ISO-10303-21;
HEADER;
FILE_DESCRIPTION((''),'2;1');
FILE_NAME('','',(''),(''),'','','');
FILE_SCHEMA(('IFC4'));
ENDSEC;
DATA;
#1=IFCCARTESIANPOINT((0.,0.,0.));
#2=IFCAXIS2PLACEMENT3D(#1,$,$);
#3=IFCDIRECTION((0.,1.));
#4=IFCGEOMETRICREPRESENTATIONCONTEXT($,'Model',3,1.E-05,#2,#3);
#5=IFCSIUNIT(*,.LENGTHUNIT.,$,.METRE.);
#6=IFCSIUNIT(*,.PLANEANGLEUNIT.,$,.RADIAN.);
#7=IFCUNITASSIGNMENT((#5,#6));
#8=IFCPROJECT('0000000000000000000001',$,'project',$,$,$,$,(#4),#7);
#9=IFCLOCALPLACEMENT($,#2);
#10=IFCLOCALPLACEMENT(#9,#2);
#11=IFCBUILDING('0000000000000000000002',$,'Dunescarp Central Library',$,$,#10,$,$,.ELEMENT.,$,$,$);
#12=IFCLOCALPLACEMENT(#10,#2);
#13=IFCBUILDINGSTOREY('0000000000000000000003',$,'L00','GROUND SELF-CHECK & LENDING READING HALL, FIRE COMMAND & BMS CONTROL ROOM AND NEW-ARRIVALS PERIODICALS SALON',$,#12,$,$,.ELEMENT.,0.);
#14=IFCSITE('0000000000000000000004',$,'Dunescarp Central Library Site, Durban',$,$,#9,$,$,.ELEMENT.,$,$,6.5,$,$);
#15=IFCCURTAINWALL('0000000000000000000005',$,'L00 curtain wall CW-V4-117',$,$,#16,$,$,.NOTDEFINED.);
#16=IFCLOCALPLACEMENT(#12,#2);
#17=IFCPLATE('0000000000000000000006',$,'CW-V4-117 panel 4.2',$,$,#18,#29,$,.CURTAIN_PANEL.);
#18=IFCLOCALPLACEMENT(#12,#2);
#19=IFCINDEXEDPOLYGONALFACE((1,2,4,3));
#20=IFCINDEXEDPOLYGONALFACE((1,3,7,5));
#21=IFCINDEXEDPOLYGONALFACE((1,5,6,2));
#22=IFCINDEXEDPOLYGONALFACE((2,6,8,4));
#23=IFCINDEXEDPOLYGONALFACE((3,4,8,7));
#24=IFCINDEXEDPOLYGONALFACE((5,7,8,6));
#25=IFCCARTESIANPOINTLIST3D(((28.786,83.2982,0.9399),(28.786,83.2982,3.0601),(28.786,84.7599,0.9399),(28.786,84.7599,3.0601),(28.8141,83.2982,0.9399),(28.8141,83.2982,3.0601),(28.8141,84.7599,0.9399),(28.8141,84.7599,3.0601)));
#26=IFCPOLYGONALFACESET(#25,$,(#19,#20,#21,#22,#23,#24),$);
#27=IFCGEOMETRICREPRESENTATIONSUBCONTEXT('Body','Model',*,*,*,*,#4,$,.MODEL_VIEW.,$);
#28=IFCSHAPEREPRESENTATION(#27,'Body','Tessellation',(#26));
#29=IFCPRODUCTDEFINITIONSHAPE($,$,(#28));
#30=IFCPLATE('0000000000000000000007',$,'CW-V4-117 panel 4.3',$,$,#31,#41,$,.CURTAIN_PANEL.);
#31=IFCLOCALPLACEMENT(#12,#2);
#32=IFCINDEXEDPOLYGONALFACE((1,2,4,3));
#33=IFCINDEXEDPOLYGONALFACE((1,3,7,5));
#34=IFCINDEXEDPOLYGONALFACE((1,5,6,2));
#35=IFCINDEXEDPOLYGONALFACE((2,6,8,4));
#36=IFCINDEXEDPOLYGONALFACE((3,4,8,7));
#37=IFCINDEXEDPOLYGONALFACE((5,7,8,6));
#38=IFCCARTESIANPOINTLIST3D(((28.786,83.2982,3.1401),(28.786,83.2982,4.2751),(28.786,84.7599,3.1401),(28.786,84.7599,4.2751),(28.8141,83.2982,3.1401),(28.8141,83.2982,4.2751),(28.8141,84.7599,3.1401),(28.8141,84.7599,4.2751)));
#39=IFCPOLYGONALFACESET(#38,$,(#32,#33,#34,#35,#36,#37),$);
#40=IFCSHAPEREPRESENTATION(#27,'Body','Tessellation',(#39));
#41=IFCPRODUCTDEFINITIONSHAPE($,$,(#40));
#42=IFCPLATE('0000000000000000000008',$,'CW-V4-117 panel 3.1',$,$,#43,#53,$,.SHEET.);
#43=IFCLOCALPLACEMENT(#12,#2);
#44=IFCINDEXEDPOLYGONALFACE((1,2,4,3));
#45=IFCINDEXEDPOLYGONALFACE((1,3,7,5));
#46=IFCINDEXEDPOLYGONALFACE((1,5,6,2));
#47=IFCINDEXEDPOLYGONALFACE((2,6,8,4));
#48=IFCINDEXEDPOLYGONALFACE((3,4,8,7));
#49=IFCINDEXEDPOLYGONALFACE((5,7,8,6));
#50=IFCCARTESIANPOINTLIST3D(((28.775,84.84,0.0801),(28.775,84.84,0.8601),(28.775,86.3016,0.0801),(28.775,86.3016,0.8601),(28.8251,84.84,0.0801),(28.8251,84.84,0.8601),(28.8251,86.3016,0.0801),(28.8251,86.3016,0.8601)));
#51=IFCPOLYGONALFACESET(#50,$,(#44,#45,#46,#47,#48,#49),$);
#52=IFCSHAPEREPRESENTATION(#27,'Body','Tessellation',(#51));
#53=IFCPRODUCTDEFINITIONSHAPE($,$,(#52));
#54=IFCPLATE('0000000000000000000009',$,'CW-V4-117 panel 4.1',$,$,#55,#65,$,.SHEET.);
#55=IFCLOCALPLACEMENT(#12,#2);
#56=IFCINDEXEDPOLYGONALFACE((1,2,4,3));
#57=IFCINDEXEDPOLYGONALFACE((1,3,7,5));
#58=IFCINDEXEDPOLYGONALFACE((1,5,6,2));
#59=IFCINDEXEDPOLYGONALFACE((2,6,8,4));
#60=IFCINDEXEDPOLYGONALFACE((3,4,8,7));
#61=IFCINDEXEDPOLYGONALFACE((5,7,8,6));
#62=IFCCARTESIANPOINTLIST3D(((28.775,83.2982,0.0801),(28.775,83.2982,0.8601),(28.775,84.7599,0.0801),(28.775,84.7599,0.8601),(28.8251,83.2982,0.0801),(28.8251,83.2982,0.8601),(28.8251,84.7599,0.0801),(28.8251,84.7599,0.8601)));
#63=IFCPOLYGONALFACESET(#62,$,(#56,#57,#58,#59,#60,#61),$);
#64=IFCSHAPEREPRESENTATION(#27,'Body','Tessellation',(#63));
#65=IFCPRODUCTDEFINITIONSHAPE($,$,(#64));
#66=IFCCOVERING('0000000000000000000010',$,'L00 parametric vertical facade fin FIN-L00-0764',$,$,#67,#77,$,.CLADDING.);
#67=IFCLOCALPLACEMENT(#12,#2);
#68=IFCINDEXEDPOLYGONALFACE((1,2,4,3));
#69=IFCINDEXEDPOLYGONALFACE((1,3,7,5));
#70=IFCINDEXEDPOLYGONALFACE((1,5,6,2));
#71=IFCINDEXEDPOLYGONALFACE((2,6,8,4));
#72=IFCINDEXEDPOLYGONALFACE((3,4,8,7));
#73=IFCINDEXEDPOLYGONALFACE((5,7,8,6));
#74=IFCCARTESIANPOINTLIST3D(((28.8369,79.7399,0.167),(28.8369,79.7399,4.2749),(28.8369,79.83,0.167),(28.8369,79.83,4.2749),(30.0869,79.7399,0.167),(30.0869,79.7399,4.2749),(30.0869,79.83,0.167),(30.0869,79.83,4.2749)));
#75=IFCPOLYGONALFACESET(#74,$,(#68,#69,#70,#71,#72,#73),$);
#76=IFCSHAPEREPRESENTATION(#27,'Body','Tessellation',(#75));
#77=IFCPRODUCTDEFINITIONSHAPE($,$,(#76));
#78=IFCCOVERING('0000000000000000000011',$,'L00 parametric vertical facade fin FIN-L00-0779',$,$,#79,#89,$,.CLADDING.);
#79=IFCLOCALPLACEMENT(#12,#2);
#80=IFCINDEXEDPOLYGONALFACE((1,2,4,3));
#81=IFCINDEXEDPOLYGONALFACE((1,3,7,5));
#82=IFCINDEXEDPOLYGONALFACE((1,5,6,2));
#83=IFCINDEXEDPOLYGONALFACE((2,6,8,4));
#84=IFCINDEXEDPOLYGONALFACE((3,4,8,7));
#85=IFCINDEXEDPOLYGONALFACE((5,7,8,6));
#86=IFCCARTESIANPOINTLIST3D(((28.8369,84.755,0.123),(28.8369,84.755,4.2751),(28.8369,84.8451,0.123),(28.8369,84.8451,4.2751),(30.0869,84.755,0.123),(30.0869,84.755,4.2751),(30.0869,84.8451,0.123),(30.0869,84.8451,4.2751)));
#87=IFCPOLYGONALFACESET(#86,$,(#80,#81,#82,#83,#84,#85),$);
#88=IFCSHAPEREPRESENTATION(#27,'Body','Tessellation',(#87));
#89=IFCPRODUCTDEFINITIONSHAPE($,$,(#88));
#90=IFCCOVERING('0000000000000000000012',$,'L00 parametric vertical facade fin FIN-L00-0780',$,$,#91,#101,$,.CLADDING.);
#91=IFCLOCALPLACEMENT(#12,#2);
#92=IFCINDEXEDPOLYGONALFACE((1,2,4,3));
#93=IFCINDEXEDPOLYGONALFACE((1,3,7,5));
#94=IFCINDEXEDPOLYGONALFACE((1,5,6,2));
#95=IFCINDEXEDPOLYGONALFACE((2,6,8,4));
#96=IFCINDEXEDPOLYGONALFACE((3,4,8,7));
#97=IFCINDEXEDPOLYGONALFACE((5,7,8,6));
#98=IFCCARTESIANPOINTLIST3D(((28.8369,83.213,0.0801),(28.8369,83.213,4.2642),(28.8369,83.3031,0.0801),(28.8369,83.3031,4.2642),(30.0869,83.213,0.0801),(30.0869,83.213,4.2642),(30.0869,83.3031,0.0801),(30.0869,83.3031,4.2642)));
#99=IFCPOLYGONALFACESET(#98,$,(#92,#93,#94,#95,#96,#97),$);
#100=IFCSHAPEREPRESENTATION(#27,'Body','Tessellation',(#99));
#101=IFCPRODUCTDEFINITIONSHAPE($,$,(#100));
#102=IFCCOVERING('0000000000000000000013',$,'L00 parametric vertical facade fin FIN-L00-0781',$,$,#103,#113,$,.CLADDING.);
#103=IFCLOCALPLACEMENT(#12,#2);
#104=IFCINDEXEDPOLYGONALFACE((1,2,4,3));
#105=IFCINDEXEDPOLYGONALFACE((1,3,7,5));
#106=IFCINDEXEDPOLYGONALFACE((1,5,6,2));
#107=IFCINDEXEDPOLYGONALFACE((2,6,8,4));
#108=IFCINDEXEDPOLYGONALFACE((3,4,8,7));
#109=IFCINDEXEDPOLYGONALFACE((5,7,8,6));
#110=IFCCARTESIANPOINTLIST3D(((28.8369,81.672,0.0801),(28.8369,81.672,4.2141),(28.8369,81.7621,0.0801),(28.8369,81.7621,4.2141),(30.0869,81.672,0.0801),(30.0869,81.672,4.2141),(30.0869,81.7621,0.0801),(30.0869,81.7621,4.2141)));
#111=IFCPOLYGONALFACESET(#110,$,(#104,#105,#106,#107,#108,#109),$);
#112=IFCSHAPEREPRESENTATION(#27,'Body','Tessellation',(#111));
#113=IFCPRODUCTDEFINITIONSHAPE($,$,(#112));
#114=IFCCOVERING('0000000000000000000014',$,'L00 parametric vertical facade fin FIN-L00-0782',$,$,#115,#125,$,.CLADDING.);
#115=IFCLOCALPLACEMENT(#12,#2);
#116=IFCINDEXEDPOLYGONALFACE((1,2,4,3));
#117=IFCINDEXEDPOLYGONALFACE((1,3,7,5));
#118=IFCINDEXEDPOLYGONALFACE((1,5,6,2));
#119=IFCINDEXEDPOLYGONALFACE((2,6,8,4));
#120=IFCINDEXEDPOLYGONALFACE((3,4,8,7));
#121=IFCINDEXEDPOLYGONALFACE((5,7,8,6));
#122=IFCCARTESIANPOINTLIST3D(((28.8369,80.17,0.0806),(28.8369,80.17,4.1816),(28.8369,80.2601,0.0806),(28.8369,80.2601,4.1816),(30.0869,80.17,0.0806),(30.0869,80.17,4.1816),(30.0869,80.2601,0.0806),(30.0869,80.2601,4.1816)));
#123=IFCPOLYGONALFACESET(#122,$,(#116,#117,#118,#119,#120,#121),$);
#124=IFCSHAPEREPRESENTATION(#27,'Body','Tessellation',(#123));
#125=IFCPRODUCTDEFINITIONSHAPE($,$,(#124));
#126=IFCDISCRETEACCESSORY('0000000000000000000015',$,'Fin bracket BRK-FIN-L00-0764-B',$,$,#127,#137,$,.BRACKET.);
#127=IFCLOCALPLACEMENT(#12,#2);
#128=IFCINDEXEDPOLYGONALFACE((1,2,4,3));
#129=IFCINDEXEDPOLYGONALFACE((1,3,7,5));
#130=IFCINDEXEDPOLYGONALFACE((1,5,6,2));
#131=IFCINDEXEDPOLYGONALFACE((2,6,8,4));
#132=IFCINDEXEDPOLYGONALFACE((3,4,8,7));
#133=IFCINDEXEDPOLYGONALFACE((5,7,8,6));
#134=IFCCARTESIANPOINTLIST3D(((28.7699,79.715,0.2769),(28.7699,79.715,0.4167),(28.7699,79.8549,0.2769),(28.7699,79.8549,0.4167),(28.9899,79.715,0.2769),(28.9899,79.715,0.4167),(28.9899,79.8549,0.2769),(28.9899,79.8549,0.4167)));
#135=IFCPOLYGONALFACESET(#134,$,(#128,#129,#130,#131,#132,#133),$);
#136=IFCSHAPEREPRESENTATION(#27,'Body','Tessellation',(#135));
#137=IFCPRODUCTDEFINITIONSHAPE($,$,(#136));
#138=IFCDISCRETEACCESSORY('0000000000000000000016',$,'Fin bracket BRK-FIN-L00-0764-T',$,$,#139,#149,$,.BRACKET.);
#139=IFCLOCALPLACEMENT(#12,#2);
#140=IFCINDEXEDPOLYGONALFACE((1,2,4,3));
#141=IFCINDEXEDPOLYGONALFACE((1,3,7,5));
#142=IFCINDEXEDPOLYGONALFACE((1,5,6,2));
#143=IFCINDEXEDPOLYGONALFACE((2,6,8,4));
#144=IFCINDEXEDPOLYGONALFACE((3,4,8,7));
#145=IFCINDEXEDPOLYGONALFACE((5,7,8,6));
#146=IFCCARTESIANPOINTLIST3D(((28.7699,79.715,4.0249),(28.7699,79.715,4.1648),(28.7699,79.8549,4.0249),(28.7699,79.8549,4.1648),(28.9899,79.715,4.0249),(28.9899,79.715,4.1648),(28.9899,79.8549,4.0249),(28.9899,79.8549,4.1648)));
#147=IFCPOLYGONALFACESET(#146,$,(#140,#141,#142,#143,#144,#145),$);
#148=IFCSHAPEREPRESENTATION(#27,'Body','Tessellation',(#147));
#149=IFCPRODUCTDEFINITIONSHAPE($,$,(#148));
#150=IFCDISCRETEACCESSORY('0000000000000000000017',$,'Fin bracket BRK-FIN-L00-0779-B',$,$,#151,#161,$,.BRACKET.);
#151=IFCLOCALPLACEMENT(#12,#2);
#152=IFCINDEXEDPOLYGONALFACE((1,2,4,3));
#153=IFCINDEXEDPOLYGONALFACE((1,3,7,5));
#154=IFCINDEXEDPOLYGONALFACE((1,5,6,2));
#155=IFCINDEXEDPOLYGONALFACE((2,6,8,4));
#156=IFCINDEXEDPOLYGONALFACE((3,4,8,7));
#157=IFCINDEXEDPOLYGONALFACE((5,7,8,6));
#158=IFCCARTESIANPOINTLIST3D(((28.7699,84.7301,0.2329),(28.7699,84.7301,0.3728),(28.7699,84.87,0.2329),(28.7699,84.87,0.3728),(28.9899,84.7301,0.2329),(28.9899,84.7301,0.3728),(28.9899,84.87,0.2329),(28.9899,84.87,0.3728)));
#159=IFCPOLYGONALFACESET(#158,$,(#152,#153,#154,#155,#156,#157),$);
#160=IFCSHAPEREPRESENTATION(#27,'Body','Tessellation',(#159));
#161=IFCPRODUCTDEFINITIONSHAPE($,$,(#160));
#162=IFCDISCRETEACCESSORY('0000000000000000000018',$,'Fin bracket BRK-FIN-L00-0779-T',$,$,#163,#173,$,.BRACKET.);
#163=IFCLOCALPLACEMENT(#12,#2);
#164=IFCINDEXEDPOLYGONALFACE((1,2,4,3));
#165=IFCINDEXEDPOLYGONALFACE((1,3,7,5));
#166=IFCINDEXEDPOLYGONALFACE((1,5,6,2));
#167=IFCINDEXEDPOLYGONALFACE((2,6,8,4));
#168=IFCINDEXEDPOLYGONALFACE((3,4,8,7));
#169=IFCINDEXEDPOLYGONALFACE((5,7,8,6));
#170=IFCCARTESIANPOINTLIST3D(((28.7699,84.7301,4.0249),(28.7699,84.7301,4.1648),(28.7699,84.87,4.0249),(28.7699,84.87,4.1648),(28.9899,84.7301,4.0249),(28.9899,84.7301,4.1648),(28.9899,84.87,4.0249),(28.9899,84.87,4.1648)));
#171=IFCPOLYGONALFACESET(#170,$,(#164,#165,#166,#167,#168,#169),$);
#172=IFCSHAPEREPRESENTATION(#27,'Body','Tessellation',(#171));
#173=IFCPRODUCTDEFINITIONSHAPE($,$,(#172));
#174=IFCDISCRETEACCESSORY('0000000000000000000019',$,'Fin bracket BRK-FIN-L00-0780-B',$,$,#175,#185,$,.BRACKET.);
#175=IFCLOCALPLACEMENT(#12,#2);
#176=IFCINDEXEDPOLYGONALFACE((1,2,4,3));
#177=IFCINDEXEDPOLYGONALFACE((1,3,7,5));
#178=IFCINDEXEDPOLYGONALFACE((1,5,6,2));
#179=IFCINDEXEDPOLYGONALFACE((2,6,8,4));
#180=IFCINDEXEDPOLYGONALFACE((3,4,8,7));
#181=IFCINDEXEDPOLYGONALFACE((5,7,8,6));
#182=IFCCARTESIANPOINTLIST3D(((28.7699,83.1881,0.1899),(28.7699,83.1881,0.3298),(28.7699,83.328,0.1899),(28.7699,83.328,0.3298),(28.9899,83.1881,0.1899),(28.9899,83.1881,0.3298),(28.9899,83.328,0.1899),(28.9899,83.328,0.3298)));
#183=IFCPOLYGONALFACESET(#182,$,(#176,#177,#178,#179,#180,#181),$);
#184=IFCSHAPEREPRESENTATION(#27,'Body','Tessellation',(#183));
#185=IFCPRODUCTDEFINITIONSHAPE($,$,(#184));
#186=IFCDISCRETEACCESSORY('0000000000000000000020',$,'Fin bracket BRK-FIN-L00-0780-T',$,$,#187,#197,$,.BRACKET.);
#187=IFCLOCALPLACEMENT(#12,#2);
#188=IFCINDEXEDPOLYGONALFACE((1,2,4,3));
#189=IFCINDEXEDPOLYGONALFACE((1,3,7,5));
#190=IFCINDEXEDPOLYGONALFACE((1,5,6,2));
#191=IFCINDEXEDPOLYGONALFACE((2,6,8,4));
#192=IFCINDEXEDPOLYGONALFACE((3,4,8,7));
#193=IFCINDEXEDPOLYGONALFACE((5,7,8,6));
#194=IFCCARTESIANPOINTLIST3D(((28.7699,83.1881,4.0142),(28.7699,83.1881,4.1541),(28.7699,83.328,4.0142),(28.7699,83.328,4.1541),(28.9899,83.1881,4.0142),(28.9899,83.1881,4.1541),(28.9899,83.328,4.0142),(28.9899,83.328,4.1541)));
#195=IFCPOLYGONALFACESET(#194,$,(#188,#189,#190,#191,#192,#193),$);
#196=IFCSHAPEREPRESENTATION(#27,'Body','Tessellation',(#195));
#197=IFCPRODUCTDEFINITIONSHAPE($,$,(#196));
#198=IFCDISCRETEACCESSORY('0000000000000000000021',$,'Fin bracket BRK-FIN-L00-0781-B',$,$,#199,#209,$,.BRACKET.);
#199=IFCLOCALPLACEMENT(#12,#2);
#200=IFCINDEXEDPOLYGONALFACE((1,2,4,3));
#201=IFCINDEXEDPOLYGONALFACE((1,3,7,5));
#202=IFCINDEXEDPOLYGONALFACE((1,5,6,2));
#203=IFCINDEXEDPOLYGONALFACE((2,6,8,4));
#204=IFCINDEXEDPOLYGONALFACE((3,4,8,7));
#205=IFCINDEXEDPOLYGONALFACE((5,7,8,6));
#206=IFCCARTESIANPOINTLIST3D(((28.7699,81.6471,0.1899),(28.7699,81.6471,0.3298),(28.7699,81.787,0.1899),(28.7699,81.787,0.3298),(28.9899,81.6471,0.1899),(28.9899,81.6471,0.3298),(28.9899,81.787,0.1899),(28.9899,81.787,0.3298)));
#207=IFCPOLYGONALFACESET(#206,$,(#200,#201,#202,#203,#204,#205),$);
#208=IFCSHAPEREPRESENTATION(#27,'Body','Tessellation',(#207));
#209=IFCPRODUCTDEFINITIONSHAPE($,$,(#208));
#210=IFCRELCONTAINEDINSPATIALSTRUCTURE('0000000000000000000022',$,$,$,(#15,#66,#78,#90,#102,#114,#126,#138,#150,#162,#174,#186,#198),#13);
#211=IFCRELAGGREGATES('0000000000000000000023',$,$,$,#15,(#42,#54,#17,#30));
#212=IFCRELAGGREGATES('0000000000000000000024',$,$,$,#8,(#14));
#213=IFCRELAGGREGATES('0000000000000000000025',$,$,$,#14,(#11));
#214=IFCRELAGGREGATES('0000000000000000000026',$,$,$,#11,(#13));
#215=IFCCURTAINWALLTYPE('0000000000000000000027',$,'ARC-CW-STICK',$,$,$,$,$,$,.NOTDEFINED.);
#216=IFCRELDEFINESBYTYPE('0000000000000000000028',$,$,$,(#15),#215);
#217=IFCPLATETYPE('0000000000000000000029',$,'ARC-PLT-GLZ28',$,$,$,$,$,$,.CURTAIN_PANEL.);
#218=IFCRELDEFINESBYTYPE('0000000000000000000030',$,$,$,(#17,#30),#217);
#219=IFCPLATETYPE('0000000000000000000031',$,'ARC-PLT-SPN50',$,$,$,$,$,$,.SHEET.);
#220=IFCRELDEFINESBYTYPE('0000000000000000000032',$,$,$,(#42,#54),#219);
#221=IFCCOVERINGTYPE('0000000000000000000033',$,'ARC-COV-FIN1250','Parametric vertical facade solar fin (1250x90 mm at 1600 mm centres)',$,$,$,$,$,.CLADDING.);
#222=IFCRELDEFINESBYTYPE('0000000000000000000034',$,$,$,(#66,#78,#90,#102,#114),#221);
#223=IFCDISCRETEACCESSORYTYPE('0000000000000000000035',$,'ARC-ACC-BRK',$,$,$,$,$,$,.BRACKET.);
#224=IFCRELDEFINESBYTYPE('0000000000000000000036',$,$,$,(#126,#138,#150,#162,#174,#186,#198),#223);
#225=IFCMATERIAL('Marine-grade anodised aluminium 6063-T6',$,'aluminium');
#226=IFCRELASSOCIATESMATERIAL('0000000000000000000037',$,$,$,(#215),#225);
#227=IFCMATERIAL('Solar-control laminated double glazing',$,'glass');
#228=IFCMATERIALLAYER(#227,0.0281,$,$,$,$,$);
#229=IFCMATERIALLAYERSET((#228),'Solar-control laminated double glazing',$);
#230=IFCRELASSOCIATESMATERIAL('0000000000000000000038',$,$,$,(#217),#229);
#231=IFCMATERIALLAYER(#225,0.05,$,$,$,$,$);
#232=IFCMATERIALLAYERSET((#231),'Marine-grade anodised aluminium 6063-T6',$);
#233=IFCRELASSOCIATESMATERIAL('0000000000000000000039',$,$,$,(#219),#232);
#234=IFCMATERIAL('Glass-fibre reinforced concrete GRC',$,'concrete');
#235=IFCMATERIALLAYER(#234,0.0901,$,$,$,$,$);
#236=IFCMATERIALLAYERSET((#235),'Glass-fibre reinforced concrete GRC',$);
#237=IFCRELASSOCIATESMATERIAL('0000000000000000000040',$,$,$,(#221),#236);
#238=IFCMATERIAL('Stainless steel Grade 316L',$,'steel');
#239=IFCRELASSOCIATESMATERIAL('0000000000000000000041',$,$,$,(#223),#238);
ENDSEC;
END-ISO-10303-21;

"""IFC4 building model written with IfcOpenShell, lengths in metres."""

from ifc_helpers import new_model, si_unit, direction, frame, origin, origin_2d, place, context, subcontext, project, spatial, rectangle, extrude, material, layer, layer_set, type_object, element, aggregate, save


model = new_model("IFC4")

# Units and contexts
model_context = context("Model", 3, precision=1e-05, world=origin(), true_north=direction((0.0, 1.0)))
body_context = subcontext(model_context, "Body", "Model", "MODEL_VIEW")
ifc_project = project(units=[si_unit("LENGTHUNIT", "METRE"), si_unit("PLANEANGLEUNIT", "RADIAN")], contexts=[model_context])

# Site, building, storey
site_placement = place(None, origin())
site = spatial("IfcSite", under=ifc_project, at=site_placement, Name="Dunescarp Central Library Site, Durban", CompositionType="ELEMENT", RefElevation=6.5)
building_placement = place(site_placement, origin())
building = spatial("IfcBuilding", under=site, at=building_placement, Name="Dunescarp Central Library", CompositionType="ELEMENT")
storey_placement = place(building_placement, origin())
storey = spatial("IfcBuildingStorey", under=building, at=storey_placement, Name="L00", Description="GROUND SELF-CHECK & LENDING READING HALL, FIRE COMMAND & BMS CONTROL ROOM AND NEW-ARRIVALS PERIODICALS SALON", CompositionType="ELEMENT", Elevation=0.0)

# Curtain wall, plates
ifc_material_1 = material(Name="Marine-grade anodised aluminium 6063-T6", Category="aluminium")
curtain_wall_type = type_object("IfcCurtainWallType", Name="ARC-CW-STICK", PredefinedType="NOTDEFINED", material=ifc_material_1)
curtain_wall_placement = place(storey_placement, origin())
curtain_wall = element("IfcCurtainWall", 1, at=curtain_wall_placement, inside=storey, type_object=curtain_wall_type, Name="L00 curtain wall CW-V4-117", PredefinedType="NOTDEFINED")
ifc_material_2 = material(Name="Solar-control laminated double glazing", Category="glass")
ifc_layer_1 = layer(ifc_material_2, 0.0281)
ifc_layer_set_1 = layer_set([ifc_layer_1], Name="Solar-control laminated double glazing")
plate_type_1 = type_object("IfcPlateType", Name="ARC-PLT-GLZ28", PredefinedType="CURTAIN_PANEL", material=ifc_layer_set_1)
plate_1_placement = place(storey_placement, frame((28.8, 84.0291, 0.9399), z_axis=(0.0, 0.0, 1.0), x_axis=(0.0, -1.0, 0.0)))
plate_1 = element("IfcPlate", 2, at=plate_1_placement, type_object=plate_type_1, Name="CW-V4-117 panel 4.2", PredefinedType="CURTAIN_PANEL", context=body_context, shape_type="SweptSolid", body=[
    extrude(rectangle(XDim=1.4617, YDim=0.0281, at=origin_2d()), origin(), (0.0, 0.0, 1.0), 2.1201),
])
plate_2_placement = place(storey_placement, frame((28.8, 84.0291, 3.1401), z_axis=(0.0, 0.0, 1.0), x_axis=(0.0, -1.0, 0.0)))
plate_2 = element("IfcPlate", 3, at=plate_2_placement, type_object=plate_type_1, Name="CW-V4-117 panel 4.3", PredefinedType="CURTAIN_PANEL", context=body_context, shape_type="SweptSolid", body=[
    extrude(rectangle(XDim=1.4617, YDim=0.0281, at=origin_2d()), origin(), (0.0, 0.0, 1.0), 1.135),
])
ifc_layer_2 = layer(ifc_material_1, 0.05)
ifc_layer_set_2 = layer_set([ifc_layer_2], Name="Marine-grade anodised aluminium 6063-T6")
plate_type_2 = type_object("IfcPlateType", Name="ARC-PLT-SPN50", PredefinedType="SHEET", material=ifc_layer_set_2)
plate_3_placement = place(storey_placement, frame((28.8, 85.5708, 0.0801), z_axis=(0.0, 0.0, 1.0), x_axis=(0.0, -1.0, 0.0)))
plate_3 = element("IfcPlate", 4, at=plate_3_placement, type_object=plate_type_2, Name="CW-V4-117 panel 3.1", PredefinedType="SHEET", context=body_context, shape_type="SweptSolid", body=[
    extrude(rectangle(XDim=1.4617, YDim=0.05, at=origin_2d()), origin(), (0.0, 0.0, 1.0), 0.78),
])
plate_4_placement = place(storey_placement, frame((28.8, 84.0291, 0.0801), z_axis=(0.0, 0.0, 1.0), x_axis=(0.0, -1.0, 0.0)))
plate_4 = element("IfcPlate", 5, at=plate_4_placement, type_object=plate_type_2, Name="CW-V4-117 panel 4.1", PredefinedType="SHEET", context=body_context, shape_type="SweptSolid", body=[
    extrude(rectangle(XDim=1.4617, YDim=0.05, at=origin_2d()), origin(), (0.0, 0.0, 1.0), 0.78),
])
aggregate(curtain_wall, [plate_3, plate_4, plate_1, plate_2])

# Coverings
ifc_material_3 = material(Name="Glass-fibre reinforced concrete GRC", Category="concrete")
ifc_layer_3 = layer(ifc_material_3, 0.0901)
ifc_layer_set_3 = layer_set([ifc_layer_3], Name="Glass-fibre reinforced concrete GRC")
covering_type = type_object("IfcCoveringType", Name="ARC-COV-FIN1250", Description="Parametric vertical facade solar fin (1250x90 mm at 1600 mm centres)", PredefinedType="CLADDING", material=ifc_layer_set_3)
covering_1_placement = place(storey_placement, frame((29.4619, 79.7849, 0.167), z_axis=(0.0, 0.0, 1.0), x_axis=(1.0, 0.0, 0.0)))
element("IfcCovering", 6, at=covering_1_placement, inside=storey, type_object=covering_type, Name="L00 parametric vertical facade fin FIN-L00-0764", PredefinedType="CLADDING", context=body_context, shape_type="SweptSolid", body=[
    extrude(rectangle(XDim=1.25, YDim=0.0901, at=origin_2d()), origin(), (0.0, 0.0, 1.0), 4.1079),
])
covering_2_placement = place(storey_placement, frame((29.4619, 84.8, 0.123), z_axis=(0.0, 0.0, 1.0), x_axis=(1.0, 0.0, 0.0)))
element("IfcCovering", 7, at=covering_2_placement, inside=storey, type_object=covering_type, Name="L00 parametric vertical facade fin FIN-L00-0779", PredefinedType="CLADDING", context=body_context, shape_type="SweptSolid", body=[
    extrude(rectangle(XDim=1.25, YDim=0.0901, at=origin_2d()), origin(), (0.0, 0.0, 1.0), 4.1521),
])
covering_3_placement = place(storey_placement, frame((29.4619, 83.2581, 0.0801), z_axis=(0.0, 0.0, 1.0), x_axis=(1.0, 0.0, 0.0)))
element("IfcCovering", 8, at=covering_3_placement, inside=storey, type_object=covering_type, Name="L00 parametric vertical facade fin FIN-L00-0780", PredefinedType="CLADDING", context=body_context, shape_type="SweptSolid", body=[
    extrude(rectangle(XDim=1.25, YDim=0.0901, at=origin_2d()), origin(), (0.0, 0.0, 1.0), 4.1841),
])
covering_4_placement = place(storey_placement, frame((29.4619, 81.717, 0.0801), z_axis=(0.0, 0.0, 1.0), x_axis=(1.0, 0.0, 0.0)))
element("IfcCovering", 9, at=covering_4_placement, inside=storey, type_object=covering_type, Name="L00 parametric vertical facade fin FIN-L00-0781", PredefinedType="CLADDING", context=body_context, shape_type="SweptSolid", body=[
    extrude(rectangle(XDim=1.25, YDim=0.0901, at=origin_2d()), origin(), (0.0, 0.0, 1.0), 4.134),
])
covering_5_placement = place(storey_placement, frame((29.4619, 80.2151, 0.0806), z_axis=(0.0, 0.0, 1.0), x_axis=(1.0, 0.0, 0.0)))
element("IfcCovering", 10, at=covering_5_placement, inside=storey, type_object=covering_type, Name="L00 parametric vertical facade fin FIN-L00-0782", PredefinedType="CLADDING", context=body_context, shape_type="SweptSolid", body=[
    extrude(rectangle(XDim=1.25, YDim=0.0901, at=origin_2d()), origin(), (0.0, 0.0, 1.0), 4.1011),
])

# Discrete accessories
ifc_material_4 = material(Name="Stainless steel Grade 316L", Category="steel")
discrete_accessory_type = type_object("IfcDiscreteAccessoryType", Name="ARC-ACC-BRK", PredefinedType="BRACKET", material=ifc_material_4)
for number, where, z_axis, x_axis, name in (
    (11, (28.8799, 79.7849, 0.2769), (0.0, 0.0, 1.0), (1.0, 0.0, 0.0), "Fin bracket BRK-FIN-L00-0764-B"),
    (12, (28.8799, 79.7849, 4.0249), (0.0, 0.0, 1.0), (1.0, 0.0, 0.0), "Fin bracket BRK-FIN-L00-0764-T"),
    (13, (28.8799, 84.8, 0.2329), (0.0, 0.0, 1.0), (1.0, 0.0, 0.0), "Fin bracket BRK-FIN-L00-0779-B"),
    (14, (28.8799, 84.8, 4.0249), (0.0, 0.0, 1.0), (1.0, 0.0, 0.0), "Fin bracket BRK-FIN-L00-0779-T"),
    (15, (28.8799, 83.2581, 0.1899), (0.0, 0.0, 1.0), (1.0, 0.0, 0.0), "Fin bracket BRK-FIN-L00-0780-B"),
    (16, (28.8799, 83.2581, 4.0142), (0.0, 0.0, 1.0), (1.0, 0.0, 0.0), "Fin bracket BRK-FIN-L00-0780-T"),
    (17, (28.8799, 81.717, 0.1899), (0.0, 0.0, 1.0), (1.0, 0.0, 0.0), "Fin bracket BRK-FIN-L00-0781-B"),
):
    element("IfcDiscreteAccessory", number, at=place(storey_placement, frame(where, z_axis=z_axis, x_axis=x_axis)), inside=storey, type_object=discrete_accessory_type, Name=name, PredefinedType="BRACKET", context=body_context, shape_type="SweptSolid", body=[
        extrude(rectangle(XDim=0.22, YDim=0.1399, at=origin_2d()), origin(), (0.0, 0.0, 1.0), 0.1399),
    ])

save(model, "model.ifc")
